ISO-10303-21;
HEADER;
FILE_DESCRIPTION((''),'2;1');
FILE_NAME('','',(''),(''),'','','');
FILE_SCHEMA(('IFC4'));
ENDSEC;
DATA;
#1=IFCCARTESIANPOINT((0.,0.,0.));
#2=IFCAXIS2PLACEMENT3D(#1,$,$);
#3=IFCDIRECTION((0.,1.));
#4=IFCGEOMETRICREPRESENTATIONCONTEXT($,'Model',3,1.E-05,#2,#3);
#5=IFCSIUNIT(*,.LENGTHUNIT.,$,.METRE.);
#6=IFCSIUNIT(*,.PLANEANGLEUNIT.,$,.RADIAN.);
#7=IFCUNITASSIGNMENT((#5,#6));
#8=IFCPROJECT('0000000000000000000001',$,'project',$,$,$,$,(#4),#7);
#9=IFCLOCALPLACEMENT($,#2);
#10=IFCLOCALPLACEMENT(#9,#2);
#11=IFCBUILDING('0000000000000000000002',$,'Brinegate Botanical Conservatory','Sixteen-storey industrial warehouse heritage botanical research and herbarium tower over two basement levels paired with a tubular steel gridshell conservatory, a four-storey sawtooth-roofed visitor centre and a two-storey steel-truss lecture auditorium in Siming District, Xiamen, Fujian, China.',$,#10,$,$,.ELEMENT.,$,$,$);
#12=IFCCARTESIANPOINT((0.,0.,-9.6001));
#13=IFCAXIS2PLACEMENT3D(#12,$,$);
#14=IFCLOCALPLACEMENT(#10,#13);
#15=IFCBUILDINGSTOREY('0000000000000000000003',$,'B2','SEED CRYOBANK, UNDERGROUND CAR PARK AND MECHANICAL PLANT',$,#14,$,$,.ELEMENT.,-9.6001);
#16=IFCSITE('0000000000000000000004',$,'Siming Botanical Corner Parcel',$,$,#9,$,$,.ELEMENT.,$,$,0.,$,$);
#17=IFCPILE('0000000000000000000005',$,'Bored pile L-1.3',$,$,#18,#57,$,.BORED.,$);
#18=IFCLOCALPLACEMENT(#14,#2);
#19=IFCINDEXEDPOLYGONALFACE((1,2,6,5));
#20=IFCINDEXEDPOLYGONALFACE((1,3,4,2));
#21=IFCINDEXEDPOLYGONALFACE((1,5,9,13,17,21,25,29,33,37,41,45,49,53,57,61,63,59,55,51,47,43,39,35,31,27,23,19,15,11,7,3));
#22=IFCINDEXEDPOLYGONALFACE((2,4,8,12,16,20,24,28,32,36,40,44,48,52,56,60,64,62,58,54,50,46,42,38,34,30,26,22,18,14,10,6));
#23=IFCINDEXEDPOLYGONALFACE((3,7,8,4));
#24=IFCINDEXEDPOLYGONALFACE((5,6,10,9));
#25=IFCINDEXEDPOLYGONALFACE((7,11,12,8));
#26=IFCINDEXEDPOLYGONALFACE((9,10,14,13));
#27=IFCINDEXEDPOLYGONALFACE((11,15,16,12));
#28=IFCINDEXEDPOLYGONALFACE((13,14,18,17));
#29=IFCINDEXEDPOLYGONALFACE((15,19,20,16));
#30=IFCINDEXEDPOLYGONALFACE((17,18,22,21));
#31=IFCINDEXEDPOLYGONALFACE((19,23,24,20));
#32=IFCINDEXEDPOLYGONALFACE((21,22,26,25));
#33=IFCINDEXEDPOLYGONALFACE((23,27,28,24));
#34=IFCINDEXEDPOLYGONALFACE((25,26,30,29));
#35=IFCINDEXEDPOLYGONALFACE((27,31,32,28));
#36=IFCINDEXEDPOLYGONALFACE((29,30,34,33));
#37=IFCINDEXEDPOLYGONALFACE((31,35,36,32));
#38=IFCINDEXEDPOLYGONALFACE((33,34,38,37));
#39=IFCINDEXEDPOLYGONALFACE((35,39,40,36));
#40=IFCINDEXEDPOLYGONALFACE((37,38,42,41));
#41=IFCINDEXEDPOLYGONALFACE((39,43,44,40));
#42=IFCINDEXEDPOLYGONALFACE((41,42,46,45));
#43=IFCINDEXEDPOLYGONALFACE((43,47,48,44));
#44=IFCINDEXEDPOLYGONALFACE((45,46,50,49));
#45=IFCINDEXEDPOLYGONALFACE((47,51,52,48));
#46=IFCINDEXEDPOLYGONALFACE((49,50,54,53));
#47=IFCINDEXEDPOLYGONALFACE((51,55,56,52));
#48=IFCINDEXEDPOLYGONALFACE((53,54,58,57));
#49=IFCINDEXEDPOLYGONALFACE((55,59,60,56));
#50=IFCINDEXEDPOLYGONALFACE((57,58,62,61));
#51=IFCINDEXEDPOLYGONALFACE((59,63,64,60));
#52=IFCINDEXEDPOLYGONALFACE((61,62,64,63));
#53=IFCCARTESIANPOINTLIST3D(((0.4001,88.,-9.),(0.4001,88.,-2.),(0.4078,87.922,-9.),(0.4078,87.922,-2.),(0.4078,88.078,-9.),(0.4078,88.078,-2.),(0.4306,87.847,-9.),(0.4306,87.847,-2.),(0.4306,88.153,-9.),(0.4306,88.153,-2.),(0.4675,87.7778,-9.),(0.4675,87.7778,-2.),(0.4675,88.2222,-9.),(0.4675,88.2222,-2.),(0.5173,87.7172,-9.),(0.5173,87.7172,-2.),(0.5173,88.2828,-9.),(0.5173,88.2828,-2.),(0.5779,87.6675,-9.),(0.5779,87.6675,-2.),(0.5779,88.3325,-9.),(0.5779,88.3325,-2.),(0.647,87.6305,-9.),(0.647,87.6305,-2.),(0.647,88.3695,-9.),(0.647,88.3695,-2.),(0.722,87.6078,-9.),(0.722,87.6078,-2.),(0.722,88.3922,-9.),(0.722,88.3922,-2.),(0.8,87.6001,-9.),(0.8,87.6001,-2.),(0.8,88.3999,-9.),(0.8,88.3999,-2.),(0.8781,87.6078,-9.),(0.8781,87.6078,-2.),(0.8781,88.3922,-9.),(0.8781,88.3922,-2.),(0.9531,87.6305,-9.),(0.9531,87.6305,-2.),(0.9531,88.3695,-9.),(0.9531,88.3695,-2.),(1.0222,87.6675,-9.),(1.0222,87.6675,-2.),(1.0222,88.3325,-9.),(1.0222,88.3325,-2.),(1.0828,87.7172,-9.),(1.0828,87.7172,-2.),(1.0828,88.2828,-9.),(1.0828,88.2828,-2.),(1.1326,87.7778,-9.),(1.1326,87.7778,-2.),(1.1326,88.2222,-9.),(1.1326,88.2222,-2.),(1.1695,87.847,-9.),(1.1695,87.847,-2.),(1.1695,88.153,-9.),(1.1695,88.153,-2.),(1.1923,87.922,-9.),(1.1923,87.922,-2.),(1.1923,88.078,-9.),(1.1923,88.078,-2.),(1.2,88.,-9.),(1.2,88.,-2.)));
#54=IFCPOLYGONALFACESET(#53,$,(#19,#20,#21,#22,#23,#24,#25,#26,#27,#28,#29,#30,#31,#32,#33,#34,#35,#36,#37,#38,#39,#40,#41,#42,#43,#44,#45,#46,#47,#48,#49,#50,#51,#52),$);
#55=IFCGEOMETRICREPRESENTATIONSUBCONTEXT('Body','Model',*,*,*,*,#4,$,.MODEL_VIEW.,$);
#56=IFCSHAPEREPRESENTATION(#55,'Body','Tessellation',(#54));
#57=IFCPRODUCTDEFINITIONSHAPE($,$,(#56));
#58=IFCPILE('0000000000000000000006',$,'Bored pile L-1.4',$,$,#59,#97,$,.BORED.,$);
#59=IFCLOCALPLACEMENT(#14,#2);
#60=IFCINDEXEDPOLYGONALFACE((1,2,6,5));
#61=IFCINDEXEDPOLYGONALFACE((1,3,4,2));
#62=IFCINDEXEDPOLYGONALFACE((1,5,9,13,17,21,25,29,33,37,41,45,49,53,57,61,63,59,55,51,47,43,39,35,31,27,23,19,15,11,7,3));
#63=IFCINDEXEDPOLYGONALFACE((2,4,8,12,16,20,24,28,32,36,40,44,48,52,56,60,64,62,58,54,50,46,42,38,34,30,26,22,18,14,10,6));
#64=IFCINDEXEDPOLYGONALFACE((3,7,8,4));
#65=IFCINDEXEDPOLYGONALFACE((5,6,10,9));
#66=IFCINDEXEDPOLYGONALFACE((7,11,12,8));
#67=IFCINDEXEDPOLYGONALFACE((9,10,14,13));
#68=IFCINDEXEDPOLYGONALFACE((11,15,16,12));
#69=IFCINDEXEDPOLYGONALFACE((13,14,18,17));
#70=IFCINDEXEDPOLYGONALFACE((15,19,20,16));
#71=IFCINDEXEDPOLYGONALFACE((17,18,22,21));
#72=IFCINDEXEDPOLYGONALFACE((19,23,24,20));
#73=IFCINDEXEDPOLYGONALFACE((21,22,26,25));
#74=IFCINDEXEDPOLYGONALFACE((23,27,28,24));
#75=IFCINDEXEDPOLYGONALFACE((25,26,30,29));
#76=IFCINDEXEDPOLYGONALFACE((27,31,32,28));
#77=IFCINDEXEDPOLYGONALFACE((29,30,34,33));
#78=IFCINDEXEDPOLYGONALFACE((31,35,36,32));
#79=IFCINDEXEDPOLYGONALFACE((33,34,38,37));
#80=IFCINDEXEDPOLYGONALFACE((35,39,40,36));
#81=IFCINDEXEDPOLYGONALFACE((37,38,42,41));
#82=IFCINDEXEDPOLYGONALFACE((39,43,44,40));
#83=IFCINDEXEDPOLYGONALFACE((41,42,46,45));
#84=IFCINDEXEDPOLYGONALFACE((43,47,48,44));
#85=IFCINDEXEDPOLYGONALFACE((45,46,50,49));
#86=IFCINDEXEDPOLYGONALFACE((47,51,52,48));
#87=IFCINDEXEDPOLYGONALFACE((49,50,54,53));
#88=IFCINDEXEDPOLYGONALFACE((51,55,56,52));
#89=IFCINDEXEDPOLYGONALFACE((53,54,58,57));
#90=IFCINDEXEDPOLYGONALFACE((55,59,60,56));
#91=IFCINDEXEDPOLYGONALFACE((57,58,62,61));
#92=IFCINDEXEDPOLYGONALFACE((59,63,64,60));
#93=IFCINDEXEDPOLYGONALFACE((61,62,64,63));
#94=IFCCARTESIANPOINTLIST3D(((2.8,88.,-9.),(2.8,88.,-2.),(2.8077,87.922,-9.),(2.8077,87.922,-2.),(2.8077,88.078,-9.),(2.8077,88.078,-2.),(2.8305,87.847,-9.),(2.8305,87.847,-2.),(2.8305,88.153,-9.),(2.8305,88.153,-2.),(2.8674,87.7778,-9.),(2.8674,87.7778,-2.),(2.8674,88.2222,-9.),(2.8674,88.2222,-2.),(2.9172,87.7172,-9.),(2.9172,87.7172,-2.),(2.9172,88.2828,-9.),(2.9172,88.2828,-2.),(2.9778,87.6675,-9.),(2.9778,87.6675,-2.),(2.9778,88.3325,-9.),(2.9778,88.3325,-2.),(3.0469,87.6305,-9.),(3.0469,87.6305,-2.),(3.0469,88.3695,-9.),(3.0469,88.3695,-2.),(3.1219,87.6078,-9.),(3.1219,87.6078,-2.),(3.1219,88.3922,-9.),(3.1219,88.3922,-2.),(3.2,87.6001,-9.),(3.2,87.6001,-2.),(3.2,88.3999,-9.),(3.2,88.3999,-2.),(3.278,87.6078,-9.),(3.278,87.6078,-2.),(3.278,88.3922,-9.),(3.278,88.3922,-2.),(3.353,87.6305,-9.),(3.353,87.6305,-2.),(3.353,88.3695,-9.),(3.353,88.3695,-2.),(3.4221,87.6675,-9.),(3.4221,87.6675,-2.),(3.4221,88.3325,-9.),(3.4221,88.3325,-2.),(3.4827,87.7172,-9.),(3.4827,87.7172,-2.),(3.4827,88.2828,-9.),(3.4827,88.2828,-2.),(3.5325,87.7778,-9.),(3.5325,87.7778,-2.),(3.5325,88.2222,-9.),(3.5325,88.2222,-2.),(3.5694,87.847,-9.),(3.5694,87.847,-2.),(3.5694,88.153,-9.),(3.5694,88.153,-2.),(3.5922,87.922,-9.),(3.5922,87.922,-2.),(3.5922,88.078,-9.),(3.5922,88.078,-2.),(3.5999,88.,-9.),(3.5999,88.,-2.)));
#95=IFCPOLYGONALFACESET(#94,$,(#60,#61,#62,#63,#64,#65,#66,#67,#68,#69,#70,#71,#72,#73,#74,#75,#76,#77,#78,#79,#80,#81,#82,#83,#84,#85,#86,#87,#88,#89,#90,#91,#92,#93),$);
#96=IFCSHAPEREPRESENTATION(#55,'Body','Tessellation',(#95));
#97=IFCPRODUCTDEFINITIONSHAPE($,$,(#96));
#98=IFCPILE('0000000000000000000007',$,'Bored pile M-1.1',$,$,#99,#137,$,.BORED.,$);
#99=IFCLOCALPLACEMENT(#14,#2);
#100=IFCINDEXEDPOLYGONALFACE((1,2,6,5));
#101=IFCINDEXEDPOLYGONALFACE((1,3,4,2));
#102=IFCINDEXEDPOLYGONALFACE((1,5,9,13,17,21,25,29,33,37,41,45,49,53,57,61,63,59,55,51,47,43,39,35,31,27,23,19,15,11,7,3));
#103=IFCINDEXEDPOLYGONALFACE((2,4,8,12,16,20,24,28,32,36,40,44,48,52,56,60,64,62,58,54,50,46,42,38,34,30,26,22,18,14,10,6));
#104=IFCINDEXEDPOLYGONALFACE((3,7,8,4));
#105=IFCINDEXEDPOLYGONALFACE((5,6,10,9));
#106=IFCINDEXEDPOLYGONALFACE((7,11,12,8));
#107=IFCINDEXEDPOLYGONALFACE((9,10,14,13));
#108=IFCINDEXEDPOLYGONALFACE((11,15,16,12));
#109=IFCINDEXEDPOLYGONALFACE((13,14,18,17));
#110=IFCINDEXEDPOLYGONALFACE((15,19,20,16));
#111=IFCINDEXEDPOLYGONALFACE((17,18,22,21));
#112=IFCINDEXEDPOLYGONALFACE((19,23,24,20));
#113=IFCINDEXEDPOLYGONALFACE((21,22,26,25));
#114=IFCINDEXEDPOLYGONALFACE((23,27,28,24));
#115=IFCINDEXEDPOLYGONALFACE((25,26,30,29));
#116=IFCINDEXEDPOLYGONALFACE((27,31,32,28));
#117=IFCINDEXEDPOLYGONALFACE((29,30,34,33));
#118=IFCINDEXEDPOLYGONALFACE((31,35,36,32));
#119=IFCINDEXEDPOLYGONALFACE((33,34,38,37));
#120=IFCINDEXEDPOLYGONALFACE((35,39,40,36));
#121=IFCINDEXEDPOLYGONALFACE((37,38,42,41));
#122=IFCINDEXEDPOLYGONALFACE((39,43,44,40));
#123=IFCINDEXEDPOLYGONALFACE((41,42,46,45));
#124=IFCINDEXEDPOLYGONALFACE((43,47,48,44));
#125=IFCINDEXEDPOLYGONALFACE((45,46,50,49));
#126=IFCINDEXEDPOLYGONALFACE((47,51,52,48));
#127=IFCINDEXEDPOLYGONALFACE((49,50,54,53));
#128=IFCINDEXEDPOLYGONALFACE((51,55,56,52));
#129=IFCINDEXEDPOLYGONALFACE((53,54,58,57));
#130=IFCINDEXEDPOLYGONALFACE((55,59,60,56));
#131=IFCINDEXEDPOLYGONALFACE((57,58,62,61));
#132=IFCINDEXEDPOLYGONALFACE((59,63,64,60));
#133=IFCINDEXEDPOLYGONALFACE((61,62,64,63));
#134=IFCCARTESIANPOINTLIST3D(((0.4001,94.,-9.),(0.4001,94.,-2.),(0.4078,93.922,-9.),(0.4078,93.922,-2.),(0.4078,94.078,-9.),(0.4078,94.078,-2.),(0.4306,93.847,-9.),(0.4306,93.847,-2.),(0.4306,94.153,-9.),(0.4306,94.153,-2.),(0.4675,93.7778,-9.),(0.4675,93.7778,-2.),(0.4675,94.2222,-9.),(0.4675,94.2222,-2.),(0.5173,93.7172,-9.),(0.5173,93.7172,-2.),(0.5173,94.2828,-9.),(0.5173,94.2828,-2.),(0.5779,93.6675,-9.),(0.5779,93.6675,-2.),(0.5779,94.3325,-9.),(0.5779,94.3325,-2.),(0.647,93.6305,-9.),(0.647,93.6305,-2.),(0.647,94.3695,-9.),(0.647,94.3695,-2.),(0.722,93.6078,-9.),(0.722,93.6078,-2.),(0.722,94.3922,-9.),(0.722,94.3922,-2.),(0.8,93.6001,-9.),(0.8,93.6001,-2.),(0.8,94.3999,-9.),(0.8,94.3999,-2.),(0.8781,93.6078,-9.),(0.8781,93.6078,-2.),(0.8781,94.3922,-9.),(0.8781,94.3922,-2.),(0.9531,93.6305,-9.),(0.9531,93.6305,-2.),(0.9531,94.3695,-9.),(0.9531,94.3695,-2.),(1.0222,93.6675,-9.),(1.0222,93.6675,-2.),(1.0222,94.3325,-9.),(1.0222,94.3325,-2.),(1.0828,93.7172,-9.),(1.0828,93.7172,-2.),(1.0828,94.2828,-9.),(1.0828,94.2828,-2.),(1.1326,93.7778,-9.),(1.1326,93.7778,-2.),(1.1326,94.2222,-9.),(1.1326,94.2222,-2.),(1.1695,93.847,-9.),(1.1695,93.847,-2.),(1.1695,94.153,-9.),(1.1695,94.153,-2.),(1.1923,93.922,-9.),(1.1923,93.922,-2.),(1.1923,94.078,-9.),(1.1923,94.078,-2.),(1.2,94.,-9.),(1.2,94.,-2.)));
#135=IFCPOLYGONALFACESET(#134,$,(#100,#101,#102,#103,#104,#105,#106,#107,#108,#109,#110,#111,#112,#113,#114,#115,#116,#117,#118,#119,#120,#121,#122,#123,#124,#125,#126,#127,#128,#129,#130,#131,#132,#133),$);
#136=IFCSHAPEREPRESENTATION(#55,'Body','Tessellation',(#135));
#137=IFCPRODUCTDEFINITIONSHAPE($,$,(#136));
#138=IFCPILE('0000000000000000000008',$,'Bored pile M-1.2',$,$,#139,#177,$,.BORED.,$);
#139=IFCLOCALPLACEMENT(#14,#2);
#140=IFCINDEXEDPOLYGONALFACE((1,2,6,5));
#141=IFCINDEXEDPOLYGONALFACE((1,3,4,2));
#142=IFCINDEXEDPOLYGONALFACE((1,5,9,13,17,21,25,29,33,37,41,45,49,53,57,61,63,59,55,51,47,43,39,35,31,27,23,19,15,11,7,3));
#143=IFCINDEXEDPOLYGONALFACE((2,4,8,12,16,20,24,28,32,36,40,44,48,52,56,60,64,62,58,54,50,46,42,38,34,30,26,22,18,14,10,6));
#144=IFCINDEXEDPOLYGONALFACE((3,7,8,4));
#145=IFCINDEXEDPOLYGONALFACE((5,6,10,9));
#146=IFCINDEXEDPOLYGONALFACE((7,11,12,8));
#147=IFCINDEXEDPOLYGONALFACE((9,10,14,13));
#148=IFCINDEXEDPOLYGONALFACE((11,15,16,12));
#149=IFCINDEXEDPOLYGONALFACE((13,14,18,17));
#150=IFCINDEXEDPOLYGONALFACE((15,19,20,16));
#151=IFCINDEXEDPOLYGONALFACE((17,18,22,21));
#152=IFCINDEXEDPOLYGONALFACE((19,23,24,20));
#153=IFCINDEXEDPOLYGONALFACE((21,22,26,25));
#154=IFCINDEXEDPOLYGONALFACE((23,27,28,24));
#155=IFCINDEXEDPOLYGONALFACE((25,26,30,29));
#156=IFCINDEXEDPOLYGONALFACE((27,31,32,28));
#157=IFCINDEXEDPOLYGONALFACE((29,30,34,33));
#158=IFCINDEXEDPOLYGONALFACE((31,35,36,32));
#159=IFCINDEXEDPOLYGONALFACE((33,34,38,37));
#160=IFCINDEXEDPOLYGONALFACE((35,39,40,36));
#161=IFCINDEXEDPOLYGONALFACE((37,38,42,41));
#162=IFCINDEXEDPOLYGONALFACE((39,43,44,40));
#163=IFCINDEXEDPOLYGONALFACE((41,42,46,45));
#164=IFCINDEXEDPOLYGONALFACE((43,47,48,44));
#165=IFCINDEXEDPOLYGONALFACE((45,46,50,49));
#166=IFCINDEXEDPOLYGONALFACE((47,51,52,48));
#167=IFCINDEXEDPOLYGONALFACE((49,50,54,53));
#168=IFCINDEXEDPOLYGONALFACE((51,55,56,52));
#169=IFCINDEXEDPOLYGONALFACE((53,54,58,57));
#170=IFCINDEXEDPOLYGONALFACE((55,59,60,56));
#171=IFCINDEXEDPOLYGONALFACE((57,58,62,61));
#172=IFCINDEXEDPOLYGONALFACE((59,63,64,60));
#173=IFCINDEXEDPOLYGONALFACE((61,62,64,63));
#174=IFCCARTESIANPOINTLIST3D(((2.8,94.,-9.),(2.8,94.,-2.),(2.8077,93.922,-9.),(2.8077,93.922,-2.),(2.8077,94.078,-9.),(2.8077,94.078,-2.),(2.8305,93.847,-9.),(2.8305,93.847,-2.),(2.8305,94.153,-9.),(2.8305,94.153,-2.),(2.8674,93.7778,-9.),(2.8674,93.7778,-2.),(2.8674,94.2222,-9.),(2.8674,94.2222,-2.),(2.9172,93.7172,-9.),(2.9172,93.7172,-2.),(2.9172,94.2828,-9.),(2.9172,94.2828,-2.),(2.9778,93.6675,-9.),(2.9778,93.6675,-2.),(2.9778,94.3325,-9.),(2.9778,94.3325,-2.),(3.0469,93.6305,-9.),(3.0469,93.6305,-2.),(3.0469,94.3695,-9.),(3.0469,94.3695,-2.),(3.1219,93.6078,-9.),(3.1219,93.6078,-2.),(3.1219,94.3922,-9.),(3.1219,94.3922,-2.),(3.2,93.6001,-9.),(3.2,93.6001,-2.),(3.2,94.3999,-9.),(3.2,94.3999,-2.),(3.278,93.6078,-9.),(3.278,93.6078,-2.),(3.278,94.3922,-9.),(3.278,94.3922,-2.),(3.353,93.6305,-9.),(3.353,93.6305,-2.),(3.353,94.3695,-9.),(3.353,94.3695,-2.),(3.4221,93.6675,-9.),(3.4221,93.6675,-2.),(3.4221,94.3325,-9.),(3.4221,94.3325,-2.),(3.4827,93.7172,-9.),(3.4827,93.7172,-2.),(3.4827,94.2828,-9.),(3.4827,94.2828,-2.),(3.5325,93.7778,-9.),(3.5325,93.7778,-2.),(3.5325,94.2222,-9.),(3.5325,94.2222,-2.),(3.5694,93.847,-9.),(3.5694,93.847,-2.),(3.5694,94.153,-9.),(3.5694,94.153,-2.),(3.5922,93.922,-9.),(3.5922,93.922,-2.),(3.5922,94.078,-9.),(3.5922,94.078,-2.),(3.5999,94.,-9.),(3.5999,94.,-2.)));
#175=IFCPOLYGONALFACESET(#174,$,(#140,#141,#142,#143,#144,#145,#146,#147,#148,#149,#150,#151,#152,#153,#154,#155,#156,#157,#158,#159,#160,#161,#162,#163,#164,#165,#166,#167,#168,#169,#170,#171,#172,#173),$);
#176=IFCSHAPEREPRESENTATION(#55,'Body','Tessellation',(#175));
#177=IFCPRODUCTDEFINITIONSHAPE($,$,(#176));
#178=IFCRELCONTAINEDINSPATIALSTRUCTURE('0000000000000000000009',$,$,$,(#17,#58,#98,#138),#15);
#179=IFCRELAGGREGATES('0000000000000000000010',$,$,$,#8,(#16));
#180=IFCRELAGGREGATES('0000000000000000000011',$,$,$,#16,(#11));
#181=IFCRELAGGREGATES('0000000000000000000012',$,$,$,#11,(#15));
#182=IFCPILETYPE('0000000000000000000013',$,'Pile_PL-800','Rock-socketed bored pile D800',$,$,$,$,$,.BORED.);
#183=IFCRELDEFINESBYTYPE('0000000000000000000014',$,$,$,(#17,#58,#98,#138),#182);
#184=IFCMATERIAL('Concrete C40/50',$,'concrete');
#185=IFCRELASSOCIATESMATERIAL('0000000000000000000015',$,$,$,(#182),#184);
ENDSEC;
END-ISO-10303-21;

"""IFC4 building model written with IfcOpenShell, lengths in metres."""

from ifc_helpers import new_model, si_unit, direction, frame, origin, origin_2d, place, context, subcontext, project, spatial, circle, extrude, material, material_profile, profile_set, type_object, element, save


model = new_model("IFC4")

# Units and contexts
model_context = context("Model", 3, precision=1e-05, world=origin(), true_north=direction((0.0, 1.0)))
body_context = subcontext(model_context, "Body", "Model", "MODEL_VIEW")
ifc_project = project(units=[si_unit("LENGTHUNIT", "METRE"), si_unit("PLANEANGLEUNIT", "RADIAN")], contexts=[model_context])

# Site, building, storey
site_placement = place(None, origin())
site = spatial("IfcSite", under=ifc_project, at=site_placement, Name="Siming Botanical Corner Parcel", CompositionType="ELEMENT", RefElevation=0.0)
building_placement = place(site_placement, origin())
building = spatial("IfcBuilding", under=site, at=building_placement, Name="Brinegate Botanical Conservatory", Description="Sixteen-storey industrial warehouse heritage botanical research and herbarium tower over two basement levels paired with a tubular steel gridshell conservatory, a four-storey sawtooth-roofed visitor centre and a two-storey steel-truss lecture auditorium in Siming District, Xiamen, Fujian, China.", CompositionType="ELEMENT")
storey_placement = place(building_placement, frame((0.0, 0.0, -9.6001)))
storey = spatial("IfcBuildingStorey", under=building, at=storey_placement, Name="B2", Description="SEED CRYOBANK, UNDERGROUND CAR PARK AND MECHANICAL PLANT", CompositionType="ELEMENT", Elevation=-9.6001)

# Shared definitions
ifc_material_1 = material(Name="Concrete C40/50", Category="concrete")

# Piles
ifc_material_profile_1 = material_profile(ifc_material_1, circle(Radius=0.3999, at=origin_2d()), Name="PILE D800")
ifc_profile_set_1 = profile_set([ifc_material_profile_1], Name="Concrete C40/50")
pile_type = type_object("IfcPileType", Name="Pile_PL-800", Description="Rock-socketed bored pile D800", PredefinedType="BORED", material=ifc_profile_set_1)
for number, where, z_axis, x_axis, name in (
    (1, (0.8, 88.0, -2.0), (0.0, 0.0, -1.0), (1.0, 0.0, 0.0), "Bored pile L-1.3"),
    (2, (3.2, 88.0, -2.0), (0.0, 0.0, -1.0), (1.0, 0.0, 0.0), "Bored pile L-1.4"),
    (3, (0.8, 94.0, -2.0), (0.0, 0.0, -1.0), (1.0, 0.0, 0.0), "Bored pile M-1.1"),
    (4, (3.2, 94.0, -2.0), (0.0, 0.0, -1.0), (1.0, 0.0, 0.0), "Bored pile M-1.2"),
):
    element("IfcPile", number, at=place(storey_placement, frame(where, z_axis=z_axis, x_axis=x_axis)), inside=storey, type_object=pile_type, Name=name, PredefinedType="BORED", context=body_context, shape_type="SweptSolid", body=[
        extrude(circle(Radius=0.3999, at=origin_2d()), origin(), (0.0, 0.0, 1.0), 7.0),
    ])

save(model, "model.ifc")
